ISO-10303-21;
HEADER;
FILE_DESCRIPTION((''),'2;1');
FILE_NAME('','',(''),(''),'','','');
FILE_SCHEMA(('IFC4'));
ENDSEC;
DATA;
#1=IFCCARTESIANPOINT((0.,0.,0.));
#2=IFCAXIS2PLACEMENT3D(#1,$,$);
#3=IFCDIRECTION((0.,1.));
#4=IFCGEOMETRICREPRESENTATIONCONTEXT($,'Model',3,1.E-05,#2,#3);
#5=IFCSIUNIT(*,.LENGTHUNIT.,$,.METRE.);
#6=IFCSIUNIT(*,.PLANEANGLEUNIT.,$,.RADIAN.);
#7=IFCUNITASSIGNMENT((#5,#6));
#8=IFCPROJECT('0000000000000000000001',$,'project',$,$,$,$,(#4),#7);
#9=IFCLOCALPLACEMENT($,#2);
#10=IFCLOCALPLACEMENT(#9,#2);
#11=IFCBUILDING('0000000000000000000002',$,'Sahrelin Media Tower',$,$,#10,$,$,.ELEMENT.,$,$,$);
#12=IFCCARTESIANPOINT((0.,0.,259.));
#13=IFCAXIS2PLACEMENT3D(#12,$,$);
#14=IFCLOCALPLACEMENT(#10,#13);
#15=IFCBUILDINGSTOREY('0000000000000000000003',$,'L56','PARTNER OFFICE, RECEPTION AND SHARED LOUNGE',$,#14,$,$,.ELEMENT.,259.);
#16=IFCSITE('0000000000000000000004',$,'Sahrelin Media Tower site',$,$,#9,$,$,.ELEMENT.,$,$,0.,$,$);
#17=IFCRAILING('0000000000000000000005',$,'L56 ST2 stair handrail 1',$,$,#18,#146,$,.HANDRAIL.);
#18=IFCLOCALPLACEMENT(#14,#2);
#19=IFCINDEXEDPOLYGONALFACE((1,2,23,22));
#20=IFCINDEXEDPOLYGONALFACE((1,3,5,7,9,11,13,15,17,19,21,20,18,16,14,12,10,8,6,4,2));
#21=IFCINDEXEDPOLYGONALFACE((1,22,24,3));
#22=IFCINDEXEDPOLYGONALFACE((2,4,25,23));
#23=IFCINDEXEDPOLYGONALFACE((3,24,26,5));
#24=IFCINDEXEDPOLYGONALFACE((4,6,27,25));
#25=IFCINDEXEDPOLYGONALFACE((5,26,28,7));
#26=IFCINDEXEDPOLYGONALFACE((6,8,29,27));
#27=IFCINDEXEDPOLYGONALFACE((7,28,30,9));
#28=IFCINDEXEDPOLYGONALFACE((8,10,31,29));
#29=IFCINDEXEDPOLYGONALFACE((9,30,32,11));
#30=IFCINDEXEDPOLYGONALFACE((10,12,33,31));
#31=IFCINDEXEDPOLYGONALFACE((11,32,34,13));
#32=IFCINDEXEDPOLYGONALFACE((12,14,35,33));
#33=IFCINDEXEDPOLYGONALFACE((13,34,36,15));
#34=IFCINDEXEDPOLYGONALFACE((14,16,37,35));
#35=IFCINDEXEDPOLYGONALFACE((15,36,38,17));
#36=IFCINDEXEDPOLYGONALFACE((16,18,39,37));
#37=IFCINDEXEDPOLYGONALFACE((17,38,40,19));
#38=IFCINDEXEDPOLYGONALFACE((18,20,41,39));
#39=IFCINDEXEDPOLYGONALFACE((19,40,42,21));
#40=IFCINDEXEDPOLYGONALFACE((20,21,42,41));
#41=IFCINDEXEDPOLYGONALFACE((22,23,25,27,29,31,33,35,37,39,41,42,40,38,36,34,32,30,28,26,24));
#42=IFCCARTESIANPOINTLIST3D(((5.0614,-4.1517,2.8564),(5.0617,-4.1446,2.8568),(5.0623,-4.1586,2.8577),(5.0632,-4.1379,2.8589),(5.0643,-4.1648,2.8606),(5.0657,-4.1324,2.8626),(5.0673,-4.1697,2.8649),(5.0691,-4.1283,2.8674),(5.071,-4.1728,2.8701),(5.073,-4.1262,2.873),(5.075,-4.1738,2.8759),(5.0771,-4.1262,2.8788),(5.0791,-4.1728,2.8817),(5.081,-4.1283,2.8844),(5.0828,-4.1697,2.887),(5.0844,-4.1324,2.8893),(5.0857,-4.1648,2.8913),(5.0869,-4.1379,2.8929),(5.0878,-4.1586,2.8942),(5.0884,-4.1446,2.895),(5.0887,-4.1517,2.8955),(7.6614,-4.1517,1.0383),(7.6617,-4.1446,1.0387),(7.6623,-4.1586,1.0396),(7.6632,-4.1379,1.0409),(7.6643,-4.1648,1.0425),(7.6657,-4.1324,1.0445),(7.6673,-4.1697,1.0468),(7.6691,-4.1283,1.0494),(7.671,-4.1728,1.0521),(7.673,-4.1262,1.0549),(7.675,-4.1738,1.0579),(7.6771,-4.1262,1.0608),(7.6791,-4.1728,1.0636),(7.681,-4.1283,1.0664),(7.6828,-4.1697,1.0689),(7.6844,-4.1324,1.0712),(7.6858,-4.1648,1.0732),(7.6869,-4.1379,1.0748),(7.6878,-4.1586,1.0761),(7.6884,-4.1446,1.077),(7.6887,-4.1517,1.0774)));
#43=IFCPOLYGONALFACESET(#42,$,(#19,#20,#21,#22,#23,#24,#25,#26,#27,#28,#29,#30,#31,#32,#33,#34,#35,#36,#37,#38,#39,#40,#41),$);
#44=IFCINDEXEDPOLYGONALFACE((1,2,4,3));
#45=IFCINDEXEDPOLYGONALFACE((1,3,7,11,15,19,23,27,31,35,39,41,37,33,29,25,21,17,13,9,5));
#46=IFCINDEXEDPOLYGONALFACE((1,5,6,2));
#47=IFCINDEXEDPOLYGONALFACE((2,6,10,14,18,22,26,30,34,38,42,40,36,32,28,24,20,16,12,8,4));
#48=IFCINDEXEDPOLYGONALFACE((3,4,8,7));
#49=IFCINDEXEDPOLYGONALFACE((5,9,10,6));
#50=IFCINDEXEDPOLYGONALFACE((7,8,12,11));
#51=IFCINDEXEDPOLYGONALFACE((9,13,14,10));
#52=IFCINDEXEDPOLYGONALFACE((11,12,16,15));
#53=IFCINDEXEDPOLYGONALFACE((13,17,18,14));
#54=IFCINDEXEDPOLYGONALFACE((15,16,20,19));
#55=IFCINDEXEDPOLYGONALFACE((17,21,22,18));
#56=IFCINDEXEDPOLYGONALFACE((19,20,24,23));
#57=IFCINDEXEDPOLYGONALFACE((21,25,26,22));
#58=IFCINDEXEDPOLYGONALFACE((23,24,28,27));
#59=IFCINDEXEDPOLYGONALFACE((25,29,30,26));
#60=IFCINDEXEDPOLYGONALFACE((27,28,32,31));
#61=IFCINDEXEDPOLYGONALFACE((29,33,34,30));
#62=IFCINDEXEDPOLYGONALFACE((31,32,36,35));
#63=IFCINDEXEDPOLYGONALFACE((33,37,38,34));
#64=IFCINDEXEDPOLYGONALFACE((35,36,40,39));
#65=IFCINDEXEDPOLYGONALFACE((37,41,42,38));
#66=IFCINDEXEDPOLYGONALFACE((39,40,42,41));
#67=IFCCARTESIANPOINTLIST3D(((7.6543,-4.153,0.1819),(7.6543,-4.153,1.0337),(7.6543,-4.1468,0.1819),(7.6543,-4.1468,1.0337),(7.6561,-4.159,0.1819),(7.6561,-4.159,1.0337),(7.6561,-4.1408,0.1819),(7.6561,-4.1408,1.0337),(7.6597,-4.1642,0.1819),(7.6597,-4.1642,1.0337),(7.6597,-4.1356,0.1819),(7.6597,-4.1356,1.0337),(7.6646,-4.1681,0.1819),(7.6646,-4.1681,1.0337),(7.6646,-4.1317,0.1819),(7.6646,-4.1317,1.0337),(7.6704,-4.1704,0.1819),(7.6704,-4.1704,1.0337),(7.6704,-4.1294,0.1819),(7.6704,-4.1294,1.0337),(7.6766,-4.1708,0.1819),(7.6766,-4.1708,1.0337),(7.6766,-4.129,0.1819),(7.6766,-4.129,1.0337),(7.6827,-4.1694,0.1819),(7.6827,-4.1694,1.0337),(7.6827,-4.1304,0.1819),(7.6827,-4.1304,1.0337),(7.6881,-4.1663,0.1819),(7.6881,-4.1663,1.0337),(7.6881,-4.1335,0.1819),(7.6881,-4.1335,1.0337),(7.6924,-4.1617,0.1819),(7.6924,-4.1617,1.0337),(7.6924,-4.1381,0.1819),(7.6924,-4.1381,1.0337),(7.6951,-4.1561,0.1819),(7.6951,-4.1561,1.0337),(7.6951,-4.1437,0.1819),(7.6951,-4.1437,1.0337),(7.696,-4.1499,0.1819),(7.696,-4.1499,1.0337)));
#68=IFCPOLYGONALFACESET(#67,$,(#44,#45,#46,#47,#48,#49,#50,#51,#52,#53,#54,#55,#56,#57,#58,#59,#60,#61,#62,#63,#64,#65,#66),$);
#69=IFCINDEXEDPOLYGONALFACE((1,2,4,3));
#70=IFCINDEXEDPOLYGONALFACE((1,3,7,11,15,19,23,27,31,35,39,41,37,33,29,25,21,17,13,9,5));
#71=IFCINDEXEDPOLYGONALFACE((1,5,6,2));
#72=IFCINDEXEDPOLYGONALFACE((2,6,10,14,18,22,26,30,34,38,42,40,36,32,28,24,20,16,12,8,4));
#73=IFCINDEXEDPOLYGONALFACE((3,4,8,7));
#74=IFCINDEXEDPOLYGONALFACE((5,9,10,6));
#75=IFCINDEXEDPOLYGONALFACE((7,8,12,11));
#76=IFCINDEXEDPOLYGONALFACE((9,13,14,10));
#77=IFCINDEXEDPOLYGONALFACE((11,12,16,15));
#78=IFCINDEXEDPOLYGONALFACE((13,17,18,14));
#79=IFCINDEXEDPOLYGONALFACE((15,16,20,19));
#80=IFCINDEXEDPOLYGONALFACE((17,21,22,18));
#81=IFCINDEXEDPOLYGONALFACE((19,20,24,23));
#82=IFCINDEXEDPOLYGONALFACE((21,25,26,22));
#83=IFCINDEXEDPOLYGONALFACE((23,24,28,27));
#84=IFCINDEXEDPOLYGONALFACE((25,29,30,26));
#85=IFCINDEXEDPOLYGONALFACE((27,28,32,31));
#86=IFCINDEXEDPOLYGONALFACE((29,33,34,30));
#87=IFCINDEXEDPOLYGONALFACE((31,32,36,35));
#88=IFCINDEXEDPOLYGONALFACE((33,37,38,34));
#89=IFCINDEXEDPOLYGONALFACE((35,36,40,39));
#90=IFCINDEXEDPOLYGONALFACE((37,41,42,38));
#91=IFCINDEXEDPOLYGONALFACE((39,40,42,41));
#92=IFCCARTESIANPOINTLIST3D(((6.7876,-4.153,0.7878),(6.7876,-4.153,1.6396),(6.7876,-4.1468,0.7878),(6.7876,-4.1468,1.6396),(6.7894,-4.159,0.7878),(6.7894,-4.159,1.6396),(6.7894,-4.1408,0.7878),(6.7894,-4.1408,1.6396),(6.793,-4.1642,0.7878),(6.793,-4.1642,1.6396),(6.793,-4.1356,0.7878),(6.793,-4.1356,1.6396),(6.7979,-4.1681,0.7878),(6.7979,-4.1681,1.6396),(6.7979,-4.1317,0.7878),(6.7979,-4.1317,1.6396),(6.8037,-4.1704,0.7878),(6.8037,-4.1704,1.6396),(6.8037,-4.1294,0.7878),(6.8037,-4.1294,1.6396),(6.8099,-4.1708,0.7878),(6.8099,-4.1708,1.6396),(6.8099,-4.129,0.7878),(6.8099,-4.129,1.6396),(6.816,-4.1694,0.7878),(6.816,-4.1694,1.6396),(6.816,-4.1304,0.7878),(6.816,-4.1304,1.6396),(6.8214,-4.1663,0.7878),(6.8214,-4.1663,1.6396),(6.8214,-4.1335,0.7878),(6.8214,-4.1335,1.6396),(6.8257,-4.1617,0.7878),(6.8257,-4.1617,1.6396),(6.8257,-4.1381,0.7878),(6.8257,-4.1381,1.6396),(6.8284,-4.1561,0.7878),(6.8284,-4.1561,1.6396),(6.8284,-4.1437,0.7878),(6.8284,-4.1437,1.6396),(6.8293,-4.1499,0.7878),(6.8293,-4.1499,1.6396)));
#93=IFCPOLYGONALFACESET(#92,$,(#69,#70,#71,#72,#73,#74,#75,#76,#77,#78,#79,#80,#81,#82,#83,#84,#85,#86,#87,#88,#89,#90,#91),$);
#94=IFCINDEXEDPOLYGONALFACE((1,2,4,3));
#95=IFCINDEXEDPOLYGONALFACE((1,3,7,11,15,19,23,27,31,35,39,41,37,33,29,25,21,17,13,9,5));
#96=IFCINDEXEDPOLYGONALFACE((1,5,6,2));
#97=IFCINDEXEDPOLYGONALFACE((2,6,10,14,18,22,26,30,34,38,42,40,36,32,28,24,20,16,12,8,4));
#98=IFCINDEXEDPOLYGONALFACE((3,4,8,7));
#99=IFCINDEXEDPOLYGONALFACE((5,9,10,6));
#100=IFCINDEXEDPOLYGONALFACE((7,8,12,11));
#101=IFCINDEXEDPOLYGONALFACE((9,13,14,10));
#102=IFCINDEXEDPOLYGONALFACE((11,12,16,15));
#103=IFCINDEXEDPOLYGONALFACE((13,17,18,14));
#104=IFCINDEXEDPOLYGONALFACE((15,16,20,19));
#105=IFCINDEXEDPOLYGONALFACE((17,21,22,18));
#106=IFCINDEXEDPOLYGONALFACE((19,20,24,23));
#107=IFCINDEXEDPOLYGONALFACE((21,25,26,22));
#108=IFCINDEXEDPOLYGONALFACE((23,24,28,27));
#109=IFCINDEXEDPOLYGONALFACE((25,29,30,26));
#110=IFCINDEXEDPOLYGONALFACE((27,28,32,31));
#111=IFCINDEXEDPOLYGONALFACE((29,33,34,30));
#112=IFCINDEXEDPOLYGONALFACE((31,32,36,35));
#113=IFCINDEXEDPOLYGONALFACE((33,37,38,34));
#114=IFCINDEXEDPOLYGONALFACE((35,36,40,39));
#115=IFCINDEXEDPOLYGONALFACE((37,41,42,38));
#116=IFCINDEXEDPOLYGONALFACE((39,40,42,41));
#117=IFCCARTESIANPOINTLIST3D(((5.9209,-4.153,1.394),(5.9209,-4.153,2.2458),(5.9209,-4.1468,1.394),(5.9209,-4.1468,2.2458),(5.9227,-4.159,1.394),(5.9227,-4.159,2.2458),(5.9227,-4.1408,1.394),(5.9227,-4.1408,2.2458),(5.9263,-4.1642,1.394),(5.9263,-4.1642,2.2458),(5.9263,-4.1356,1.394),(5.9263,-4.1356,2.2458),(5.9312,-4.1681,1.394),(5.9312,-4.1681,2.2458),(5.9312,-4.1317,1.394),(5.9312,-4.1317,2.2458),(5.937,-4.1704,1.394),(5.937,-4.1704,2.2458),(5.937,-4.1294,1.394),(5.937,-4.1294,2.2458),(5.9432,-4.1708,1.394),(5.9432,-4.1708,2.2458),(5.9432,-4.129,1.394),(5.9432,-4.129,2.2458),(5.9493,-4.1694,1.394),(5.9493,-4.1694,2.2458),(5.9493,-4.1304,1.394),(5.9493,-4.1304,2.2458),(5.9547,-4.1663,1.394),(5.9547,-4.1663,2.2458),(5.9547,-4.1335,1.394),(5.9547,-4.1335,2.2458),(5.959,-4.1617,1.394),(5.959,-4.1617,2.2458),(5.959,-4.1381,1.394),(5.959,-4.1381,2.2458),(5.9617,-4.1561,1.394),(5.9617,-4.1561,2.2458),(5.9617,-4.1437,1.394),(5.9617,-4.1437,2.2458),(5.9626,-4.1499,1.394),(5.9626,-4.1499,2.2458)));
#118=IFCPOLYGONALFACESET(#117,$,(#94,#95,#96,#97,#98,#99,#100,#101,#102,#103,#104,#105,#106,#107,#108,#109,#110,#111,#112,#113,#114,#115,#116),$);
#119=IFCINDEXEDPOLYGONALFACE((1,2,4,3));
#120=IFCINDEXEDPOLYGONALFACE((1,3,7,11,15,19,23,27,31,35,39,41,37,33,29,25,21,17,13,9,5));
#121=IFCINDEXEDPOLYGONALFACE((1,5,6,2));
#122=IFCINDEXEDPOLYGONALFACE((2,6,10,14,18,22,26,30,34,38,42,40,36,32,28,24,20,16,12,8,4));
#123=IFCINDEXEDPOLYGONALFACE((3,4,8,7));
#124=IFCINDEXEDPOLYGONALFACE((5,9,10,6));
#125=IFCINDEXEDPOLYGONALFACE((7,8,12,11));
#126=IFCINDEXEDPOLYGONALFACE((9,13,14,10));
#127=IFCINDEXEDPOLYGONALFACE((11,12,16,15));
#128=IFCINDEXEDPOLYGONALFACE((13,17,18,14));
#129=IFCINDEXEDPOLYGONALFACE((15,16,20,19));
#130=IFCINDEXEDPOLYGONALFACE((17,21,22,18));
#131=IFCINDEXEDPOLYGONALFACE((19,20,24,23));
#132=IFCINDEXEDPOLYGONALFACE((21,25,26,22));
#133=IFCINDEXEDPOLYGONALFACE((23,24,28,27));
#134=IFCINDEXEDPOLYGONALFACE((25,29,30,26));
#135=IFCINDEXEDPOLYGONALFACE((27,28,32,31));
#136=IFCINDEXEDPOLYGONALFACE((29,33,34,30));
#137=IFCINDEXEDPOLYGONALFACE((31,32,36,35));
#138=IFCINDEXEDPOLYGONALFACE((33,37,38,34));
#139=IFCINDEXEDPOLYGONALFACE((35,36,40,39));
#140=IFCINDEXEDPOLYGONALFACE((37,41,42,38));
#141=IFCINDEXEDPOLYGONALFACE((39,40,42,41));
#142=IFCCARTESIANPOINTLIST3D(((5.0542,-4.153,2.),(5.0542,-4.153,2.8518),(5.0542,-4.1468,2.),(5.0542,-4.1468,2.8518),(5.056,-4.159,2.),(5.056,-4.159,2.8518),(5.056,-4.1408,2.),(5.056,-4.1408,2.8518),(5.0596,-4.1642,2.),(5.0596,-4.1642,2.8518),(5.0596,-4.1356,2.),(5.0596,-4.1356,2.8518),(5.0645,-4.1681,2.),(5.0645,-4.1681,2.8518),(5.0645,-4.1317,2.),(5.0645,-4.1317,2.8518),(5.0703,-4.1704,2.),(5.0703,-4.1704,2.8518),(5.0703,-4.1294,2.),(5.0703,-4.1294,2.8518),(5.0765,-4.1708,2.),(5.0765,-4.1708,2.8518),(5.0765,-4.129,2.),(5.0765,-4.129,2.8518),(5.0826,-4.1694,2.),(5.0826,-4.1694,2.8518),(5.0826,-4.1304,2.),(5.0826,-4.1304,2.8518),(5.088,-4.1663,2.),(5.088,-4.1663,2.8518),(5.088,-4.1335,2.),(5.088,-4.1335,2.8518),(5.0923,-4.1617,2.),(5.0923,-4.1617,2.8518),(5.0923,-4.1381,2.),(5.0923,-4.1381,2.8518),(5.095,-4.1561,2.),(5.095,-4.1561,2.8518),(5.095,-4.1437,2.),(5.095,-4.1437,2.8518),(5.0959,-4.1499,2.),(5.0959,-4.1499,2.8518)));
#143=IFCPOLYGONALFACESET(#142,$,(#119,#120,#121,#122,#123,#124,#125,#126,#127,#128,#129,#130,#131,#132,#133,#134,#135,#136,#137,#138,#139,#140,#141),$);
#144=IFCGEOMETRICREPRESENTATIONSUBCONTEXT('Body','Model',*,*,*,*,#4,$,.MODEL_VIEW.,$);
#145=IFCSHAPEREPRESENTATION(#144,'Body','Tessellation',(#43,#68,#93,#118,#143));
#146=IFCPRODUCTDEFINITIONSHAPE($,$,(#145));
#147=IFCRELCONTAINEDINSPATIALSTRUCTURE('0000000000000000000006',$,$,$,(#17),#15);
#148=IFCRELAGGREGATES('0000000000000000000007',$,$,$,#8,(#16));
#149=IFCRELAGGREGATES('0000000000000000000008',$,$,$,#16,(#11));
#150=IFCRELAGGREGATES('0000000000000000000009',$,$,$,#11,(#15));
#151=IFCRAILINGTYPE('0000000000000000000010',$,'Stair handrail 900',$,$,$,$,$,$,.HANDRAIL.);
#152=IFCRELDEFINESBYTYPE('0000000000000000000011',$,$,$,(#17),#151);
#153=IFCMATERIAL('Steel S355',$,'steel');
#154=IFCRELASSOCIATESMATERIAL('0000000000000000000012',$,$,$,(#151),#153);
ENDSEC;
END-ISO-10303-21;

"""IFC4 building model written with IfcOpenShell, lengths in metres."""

from ifc_helpers import new_model, si_unit, direction, frame, origin, origin_2d, place, context, subcontext, project, spatial, circle, extrude, material, type_object, element, save


model = new_model("IFC4")

# Units and contexts
model_context = context("Model", 3, precision=1e-05, world=origin(), true_north=direction((0.0, 1.0)))
body_context = subcontext(model_context, "Body", "Model", "MODEL_VIEW")
ifc_project = project(units=[si_unit("LENGTHUNIT", "METRE"), si_unit("PLANEANGLEUNIT", "RADIAN")], contexts=[model_context])

# Site, building, storey
site_placement = place(None, origin())
site = spatial("IfcSite", under=ifc_project, at=site_placement, Name="Sahrelin Media Tower site", CompositionType="ELEMENT", RefElevation=0.0)
building_placement = place(site_placement, origin())
building = spatial("IfcBuilding", under=site, at=building_placement, Name="Sahrelin Media Tower", CompositionType="ELEMENT")
storey_placement = place(building_placement, frame((0.0, 0.0, 259.0)))
storey = spatial("IfcBuildingStorey", under=building, at=storey_placement, Name="L56", Description="PARTNER OFFICE, RECEPTION AND SHARED LOUNGE", CompositionType="ELEMENT", Elevation=259.0)

# Shared definitions
ifc_material_1 = material(Name="Steel S355", Category="steel")

# Railing
railing_type_1 = type_object("IfcRailingType", Name="Stair handrail 900", PredefinedType="HANDRAIL", material=ifc_material_1)
railing_1_placement = place(storey_placement, frame((7.675, -4.1499, 0.1819)))
element("IfcRailing", 1, at=railing_1_placement, inside=storey, type_object=railing_type_1, Name="L56 ST2 stair handrail 1", PredefinedType="HANDRAIL", context=body_context, shape_type="SweptSolid", body=[
    extrude(circle(Radius=0.0239, at=origin_2d()), frame((0.0, 0.0, 0.876), z_axis=(-0.819521, 0.0, 0.573049), x_axis=(0.0, -1.0, 0.0)), (0.0, 0.0, 1.0), 3.1726),
    extrude(circle(Radius=0.021, at=origin_2d()), origin(), (0.0, 0.0, 1.0), 0.8518),
    extrude(circle(Radius=0.021, at=origin_2d()), frame((-0.8667, 0.0, 0.606)), (0.0, 0.0, 1.0), 0.8518),
    extrude(circle(Radius=0.021, at=origin_2d()), frame((-1.7334, 0.0, 1.2122)), (0.0, 0.0, 1.0), 0.8518),
    extrude(circle(Radius=0.021, at=origin_2d()), frame((-2.6001, 0.0, 1.8181)), (0.0, 0.0, 1.0), 0.8518),
])

save(model, "model.ifc")
